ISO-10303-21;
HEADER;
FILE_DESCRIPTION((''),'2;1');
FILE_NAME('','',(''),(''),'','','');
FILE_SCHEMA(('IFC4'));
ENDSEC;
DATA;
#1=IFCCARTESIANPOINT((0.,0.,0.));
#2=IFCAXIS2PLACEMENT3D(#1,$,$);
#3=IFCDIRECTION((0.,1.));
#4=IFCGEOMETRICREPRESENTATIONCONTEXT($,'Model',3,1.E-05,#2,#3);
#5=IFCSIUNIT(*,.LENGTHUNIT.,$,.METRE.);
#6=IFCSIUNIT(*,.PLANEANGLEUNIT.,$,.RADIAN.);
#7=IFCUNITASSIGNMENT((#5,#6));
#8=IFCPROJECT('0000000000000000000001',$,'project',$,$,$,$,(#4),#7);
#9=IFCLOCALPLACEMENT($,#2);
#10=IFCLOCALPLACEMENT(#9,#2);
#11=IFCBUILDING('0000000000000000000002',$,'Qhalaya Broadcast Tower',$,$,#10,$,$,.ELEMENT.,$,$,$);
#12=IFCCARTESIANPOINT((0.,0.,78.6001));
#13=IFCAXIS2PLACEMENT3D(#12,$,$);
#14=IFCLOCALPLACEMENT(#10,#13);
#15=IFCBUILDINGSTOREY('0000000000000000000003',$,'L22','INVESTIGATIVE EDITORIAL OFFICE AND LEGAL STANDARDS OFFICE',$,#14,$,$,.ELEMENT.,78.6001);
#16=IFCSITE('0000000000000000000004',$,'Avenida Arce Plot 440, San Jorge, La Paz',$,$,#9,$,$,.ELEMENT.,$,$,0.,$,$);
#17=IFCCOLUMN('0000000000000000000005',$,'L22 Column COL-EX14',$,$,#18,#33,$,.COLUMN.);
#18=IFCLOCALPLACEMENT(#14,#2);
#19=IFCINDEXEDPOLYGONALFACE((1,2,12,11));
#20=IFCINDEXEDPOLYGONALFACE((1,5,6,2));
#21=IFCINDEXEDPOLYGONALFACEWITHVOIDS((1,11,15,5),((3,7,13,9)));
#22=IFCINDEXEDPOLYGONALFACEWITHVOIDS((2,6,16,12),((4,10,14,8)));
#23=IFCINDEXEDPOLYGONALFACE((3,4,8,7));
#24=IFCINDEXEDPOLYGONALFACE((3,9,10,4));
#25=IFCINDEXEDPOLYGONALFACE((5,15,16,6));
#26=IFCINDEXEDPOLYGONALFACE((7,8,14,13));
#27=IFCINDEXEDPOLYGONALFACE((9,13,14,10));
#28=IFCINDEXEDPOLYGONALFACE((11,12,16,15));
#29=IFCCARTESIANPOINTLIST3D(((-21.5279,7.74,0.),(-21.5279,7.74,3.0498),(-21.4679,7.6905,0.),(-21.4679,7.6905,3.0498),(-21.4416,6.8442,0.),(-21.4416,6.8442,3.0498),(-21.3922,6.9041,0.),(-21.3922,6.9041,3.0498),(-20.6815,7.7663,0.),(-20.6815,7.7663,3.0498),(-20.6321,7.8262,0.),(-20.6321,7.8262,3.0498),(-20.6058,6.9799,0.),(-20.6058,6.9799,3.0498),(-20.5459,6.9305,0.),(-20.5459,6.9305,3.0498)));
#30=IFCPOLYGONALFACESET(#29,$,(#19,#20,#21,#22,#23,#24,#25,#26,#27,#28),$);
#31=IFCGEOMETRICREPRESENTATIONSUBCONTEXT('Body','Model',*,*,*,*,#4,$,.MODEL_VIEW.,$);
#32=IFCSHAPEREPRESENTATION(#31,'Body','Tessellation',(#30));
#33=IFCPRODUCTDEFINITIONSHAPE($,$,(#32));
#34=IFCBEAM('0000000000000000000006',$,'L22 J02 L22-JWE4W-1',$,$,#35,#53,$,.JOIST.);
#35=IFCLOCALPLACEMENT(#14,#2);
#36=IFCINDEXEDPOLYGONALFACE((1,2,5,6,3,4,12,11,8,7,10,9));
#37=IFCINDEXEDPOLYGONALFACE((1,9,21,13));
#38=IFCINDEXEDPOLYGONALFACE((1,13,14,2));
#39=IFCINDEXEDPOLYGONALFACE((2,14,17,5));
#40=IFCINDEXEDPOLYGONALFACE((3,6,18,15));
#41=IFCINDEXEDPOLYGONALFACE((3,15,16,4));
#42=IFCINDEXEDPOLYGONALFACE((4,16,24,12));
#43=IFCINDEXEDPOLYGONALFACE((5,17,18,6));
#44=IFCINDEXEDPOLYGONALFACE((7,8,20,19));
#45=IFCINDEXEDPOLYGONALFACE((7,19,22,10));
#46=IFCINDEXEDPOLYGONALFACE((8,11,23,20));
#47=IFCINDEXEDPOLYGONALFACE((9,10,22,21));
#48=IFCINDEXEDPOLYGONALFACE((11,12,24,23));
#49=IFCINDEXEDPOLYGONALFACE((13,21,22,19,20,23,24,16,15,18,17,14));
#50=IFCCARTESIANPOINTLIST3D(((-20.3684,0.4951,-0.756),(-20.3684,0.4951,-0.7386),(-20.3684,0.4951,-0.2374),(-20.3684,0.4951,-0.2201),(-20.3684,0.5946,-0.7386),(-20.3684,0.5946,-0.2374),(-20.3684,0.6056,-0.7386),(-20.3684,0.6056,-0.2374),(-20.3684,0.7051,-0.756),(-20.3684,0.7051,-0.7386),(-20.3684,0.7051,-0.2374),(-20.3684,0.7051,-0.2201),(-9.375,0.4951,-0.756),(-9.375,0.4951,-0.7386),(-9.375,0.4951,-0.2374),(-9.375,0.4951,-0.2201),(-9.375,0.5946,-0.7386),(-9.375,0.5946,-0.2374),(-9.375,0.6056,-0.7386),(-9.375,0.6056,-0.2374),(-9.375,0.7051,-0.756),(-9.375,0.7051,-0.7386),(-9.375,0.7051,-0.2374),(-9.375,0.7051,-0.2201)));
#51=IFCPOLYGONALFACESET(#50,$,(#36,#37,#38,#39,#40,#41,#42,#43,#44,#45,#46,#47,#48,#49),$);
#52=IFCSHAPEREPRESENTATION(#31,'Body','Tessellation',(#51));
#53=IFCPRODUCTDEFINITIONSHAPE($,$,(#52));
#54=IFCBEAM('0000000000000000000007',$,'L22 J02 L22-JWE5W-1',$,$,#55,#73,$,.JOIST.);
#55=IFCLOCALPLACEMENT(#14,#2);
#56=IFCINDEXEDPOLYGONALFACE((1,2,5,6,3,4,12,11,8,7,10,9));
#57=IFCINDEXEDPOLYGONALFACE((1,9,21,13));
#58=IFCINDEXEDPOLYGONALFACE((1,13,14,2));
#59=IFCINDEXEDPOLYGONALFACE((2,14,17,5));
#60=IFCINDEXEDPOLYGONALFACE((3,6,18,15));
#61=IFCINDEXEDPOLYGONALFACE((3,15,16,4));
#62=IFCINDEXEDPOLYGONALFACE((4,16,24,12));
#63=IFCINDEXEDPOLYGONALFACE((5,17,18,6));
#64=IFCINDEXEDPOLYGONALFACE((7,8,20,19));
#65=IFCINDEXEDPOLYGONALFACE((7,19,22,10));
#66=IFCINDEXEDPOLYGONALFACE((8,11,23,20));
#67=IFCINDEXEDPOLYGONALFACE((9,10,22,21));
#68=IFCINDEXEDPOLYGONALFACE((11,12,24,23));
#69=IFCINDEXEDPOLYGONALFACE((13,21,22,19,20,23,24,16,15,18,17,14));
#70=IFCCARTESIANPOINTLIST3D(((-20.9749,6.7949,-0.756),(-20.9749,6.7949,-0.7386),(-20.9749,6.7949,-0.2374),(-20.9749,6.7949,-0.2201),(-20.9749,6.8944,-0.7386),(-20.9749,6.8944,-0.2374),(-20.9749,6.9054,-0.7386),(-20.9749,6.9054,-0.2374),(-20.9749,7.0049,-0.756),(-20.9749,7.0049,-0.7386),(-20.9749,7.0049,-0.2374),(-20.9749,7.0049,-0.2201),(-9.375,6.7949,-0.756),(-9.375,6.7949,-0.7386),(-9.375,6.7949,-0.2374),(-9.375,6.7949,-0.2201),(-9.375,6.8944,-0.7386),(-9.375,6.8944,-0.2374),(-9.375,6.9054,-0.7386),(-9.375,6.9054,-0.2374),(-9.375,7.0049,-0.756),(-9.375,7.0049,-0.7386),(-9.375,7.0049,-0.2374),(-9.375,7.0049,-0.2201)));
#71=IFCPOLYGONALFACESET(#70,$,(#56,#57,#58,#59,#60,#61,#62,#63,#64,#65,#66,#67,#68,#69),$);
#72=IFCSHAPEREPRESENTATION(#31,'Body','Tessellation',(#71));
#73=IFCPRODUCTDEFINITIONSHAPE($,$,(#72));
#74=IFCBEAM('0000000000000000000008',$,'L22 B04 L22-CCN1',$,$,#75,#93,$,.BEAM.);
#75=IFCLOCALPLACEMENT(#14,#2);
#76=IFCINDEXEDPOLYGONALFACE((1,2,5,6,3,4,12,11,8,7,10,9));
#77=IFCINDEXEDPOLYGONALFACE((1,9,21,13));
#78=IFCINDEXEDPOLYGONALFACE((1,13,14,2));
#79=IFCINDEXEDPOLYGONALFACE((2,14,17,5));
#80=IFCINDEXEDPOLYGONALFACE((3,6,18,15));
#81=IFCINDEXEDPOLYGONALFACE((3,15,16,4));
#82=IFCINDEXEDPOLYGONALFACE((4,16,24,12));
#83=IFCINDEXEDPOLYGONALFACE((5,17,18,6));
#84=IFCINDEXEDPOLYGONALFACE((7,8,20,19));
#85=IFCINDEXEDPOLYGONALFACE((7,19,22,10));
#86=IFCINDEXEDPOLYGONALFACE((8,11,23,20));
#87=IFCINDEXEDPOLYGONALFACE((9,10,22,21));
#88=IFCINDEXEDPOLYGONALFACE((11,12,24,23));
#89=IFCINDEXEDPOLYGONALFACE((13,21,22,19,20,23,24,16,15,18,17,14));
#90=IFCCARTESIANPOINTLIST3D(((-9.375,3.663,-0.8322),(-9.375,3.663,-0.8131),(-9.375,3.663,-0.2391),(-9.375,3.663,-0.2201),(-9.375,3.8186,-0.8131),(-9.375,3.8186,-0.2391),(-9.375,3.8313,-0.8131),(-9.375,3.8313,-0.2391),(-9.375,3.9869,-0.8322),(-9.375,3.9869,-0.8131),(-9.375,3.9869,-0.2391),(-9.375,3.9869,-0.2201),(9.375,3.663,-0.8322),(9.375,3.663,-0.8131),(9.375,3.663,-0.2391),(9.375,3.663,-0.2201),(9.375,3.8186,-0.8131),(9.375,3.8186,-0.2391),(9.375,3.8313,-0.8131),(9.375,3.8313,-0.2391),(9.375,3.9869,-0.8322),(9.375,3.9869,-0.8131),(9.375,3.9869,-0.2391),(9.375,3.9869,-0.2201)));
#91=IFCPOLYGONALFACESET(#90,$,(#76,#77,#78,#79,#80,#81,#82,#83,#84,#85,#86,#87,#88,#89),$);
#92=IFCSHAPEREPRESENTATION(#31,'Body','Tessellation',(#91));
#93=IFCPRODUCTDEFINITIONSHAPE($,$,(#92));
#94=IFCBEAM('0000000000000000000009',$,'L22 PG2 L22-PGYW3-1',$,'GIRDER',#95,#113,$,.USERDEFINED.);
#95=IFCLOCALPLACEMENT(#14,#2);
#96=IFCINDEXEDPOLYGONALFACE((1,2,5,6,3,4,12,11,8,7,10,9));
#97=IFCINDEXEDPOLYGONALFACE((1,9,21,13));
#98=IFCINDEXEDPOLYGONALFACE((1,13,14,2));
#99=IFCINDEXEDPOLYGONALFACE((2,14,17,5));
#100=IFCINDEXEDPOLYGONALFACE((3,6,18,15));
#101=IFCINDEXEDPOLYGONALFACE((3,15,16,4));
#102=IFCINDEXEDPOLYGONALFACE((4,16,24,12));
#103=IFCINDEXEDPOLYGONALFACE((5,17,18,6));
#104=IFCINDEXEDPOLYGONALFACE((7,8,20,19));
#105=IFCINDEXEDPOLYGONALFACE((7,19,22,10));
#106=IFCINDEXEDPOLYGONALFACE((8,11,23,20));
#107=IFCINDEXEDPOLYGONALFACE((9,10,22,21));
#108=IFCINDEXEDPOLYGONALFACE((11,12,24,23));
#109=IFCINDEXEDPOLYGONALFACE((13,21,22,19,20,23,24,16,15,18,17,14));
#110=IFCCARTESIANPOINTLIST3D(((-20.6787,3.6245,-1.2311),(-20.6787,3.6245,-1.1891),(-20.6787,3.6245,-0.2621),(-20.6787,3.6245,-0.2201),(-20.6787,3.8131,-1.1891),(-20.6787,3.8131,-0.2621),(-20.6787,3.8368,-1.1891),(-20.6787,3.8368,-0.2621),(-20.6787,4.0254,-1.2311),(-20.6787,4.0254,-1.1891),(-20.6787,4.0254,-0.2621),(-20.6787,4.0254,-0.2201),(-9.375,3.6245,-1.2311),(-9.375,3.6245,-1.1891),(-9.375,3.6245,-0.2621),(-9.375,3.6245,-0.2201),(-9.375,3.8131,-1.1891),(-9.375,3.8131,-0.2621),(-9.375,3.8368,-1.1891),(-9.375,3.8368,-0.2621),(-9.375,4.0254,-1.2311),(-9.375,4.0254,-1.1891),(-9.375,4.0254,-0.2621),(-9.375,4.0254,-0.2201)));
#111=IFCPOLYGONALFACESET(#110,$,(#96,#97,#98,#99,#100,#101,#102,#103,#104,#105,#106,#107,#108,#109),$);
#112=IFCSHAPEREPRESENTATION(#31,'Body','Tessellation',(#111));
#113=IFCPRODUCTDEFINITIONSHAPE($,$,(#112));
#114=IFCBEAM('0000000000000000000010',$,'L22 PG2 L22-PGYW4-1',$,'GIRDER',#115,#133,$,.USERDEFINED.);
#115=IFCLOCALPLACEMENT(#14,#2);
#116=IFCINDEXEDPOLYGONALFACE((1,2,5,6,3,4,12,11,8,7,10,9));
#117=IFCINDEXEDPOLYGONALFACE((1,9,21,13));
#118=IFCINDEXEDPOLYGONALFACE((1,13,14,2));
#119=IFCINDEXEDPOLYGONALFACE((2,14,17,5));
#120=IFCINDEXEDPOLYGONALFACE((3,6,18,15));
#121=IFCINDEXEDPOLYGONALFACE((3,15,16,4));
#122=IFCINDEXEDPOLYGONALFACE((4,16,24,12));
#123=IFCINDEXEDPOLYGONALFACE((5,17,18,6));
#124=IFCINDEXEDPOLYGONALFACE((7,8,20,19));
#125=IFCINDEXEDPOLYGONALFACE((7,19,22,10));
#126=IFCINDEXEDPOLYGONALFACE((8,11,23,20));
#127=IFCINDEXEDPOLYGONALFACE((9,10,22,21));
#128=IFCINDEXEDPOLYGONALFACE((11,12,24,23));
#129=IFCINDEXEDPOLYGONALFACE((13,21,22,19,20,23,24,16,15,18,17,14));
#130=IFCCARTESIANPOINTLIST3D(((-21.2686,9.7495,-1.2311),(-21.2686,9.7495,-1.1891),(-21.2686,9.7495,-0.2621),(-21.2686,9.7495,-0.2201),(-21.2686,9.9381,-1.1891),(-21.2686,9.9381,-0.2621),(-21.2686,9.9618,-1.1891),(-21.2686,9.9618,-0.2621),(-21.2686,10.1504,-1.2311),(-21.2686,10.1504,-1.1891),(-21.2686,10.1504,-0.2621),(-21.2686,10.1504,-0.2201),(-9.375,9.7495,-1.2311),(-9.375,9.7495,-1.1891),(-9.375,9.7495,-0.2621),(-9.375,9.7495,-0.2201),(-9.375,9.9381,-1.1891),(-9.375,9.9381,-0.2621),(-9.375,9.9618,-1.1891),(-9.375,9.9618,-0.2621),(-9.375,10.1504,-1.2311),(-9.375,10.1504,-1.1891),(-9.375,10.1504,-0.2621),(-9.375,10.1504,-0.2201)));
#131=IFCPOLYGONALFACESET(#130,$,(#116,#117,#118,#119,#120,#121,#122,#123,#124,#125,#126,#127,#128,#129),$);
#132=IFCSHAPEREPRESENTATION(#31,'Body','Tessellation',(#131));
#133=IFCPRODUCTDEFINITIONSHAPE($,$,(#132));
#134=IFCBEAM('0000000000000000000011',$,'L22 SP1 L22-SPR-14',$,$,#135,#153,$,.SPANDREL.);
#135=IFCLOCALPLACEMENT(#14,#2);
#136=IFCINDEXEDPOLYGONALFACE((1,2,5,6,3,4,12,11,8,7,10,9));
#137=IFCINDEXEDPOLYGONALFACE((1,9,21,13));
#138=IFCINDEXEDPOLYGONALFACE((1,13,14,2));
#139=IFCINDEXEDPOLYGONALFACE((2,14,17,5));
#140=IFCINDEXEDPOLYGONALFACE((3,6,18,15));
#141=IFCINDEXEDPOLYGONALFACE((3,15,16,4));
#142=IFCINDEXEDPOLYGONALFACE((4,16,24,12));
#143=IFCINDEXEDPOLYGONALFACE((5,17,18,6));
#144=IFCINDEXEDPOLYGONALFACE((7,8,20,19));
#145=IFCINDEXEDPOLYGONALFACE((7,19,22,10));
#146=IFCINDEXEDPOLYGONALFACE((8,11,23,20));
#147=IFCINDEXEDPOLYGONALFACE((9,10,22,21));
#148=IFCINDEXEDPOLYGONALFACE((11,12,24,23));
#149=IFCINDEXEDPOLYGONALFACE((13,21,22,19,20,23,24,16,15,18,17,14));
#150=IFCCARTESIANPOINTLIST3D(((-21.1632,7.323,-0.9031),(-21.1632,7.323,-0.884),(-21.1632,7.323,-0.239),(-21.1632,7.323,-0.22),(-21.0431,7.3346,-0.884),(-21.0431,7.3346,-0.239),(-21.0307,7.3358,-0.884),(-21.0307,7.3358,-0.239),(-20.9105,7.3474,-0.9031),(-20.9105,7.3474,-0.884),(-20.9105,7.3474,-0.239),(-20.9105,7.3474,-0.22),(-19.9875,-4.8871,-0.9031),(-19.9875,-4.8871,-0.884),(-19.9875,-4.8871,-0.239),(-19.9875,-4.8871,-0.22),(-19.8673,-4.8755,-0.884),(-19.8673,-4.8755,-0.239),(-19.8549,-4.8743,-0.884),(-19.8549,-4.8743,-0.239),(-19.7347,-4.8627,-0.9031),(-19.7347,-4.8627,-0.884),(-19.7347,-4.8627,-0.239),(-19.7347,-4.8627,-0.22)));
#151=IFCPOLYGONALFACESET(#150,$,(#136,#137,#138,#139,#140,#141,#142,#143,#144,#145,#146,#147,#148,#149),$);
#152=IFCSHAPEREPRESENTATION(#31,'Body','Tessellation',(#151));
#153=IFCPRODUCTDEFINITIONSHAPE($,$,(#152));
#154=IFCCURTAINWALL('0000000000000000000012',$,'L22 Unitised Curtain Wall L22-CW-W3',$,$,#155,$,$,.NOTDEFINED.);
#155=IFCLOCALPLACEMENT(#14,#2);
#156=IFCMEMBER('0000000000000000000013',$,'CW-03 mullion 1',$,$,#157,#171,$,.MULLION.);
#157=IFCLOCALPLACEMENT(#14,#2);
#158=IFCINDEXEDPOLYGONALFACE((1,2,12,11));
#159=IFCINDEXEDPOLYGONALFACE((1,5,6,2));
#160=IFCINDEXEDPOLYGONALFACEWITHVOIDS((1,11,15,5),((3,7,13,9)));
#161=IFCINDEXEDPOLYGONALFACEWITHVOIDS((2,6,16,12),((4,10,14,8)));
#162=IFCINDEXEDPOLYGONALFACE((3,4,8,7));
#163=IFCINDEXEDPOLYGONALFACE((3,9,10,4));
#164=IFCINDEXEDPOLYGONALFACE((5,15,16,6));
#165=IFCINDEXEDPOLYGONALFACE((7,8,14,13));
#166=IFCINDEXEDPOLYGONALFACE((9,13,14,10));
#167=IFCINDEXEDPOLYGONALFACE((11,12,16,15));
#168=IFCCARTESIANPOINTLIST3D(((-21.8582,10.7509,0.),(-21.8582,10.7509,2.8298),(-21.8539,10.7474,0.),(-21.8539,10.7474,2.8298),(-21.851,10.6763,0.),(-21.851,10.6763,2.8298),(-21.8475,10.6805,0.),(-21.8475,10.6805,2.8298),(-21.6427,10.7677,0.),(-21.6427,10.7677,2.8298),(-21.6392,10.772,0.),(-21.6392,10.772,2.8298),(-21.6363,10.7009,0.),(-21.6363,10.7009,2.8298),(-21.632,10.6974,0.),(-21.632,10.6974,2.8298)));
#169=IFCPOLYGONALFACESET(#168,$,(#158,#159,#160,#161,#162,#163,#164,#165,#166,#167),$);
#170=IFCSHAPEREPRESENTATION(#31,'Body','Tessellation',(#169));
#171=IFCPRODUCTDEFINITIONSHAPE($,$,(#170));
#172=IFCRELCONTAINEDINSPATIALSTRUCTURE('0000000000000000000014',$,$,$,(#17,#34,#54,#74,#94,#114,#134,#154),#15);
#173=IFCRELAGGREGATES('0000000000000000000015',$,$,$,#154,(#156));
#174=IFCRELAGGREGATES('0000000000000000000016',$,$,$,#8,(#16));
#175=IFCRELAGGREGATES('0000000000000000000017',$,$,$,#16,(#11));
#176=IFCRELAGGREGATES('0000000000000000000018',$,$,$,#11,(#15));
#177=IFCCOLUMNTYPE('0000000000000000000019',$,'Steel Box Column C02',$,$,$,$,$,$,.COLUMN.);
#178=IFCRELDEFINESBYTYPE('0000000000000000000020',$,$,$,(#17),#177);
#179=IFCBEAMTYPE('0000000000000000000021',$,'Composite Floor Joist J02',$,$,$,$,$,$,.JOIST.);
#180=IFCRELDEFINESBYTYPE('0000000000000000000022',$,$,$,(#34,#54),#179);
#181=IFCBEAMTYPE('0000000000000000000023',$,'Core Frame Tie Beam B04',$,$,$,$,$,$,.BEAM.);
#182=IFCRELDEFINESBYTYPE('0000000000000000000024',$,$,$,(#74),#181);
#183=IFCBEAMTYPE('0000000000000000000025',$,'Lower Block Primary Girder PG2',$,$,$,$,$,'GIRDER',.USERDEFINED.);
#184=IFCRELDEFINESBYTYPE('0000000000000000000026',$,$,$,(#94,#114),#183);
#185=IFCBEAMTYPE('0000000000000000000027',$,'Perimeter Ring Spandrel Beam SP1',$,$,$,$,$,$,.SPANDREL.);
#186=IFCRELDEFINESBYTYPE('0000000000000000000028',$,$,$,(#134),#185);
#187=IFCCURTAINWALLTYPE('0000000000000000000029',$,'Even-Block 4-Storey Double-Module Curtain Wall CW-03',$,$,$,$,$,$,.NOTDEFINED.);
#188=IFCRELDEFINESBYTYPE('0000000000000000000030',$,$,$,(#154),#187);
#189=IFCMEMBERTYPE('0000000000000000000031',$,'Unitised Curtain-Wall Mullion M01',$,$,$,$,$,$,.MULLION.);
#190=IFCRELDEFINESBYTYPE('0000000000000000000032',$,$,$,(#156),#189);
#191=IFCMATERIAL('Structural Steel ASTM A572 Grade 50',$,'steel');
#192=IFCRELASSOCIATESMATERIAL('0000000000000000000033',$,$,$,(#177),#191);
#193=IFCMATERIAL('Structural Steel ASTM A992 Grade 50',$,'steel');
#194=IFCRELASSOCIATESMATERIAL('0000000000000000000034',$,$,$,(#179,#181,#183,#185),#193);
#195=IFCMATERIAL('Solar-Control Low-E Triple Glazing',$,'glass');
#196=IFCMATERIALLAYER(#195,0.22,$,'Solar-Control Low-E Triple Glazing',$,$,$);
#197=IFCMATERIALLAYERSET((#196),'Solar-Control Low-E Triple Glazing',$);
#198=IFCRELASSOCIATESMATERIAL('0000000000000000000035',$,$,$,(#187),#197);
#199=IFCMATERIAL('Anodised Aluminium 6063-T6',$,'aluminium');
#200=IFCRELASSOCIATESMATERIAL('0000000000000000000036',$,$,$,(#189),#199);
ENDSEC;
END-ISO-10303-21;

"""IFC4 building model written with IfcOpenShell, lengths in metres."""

from ifc_helpers import new_model, si_unit, direction, frame, origin, origin_2d, place, context, subcontext, project, spatial, hollow_rectangle, i_section, extrude, material, layer, layer_set, material_profile, profile_set, type_object, element, aggregate, save


model = new_model("IFC4")

# Units and contexts
model_context = context("Model", 3, precision=1e-05, world=origin(), true_north=direction((0.0, 1.0)))
body_context = subcontext(model_context, "Body", "Model", "MODEL_VIEW")
ifc_project = project(units=[si_unit("LENGTHUNIT", "METRE"), si_unit("PLANEANGLEUNIT", "RADIAN")], contexts=[model_context])

# Site, building, storey
site_placement = place(None, origin())
site = spatial("IfcSite", under=ifc_project, at=site_placement, Name="Avenida Arce Plot 440, San Jorge, La Paz", CompositionType="ELEMENT", RefElevation=0.0)
building_placement = place(site_placement, origin())
building = spatial("IfcBuilding", under=site, at=building_placement, Name="Qhalaya Broadcast Tower", CompositionType="ELEMENT")
storey_placement = place(building_placement, frame((0.0, 0.0, 78.6001)))
storey = spatial("IfcBuildingStorey", under=building, at=storey_placement, Name="L22", Description="INVESTIGATIVE EDITORIAL OFFICE AND LEGAL STANDARDS OFFICE", CompositionType="ELEMENT", Elevation=78.6001)

# Column
ifc_material_1 = material(Name="Structural Steel ASTM A572 Grade 50", Category="steel")
ifc_material_profile_1 = material_profile(ifc_material_1, hollow_rectangle(XDim=0.8999, YDim=0.8999, WallThickness=0.0549, at=origin_2d()), Name="BOX 900x900x55")
ifc_profile_set_1 = profile_set([ifc_material_profile_1], Name="Structural Steel ASTM A572 Grade 50")
column_type = type_object("IfcColumnType", Name="Steel Box Column C02", PredefinedType="COLUMN", material=ifc_profile_set_1)
column_placement = place(storey_placement, frame((-21.0369, 7.3352, 0.0), z_axis=(0.0, 0.0, 1.0), x_axis=(-0.095846, 0.995396, 0.0)))
element("IfcColumn", 1, at=column_placement, inside=storey, type_object=column_type, Name="L22 Column COL-EX14", PredefinedType="COLUMN", context=body_context, shape_type="SweptSolid", body=[
    extrude(hollow_rectangle(XDim=0.8999, YDim=0.8999, WallThickness=0.0549, at=origin_2d()), origin(), (0.0, 0.0, 1.0), 3.0498),
])

# Beams
ifc_material_2 = material(Name="Structural Steel ASTM A992 Grade 50", Category="steel")
ifc_material_profile_2 = material_profile(ifc_material_2, i_section(OverallWidth=0.21, OverallDepth=0.5359, WebThickness=0.011, FlangeThickness=0.0173, at=origin_2d()), Name="W21X68")
ifc_profile_set_2 = profile_set([ifc_material_profile_2], Name="Structural Steel ASTM A992 Grade 50")
beam_type_1 = type_object("IfcBeamType", Name="Composite Floor Joist J02", PredefinedType="JOIST", material=ifc_profile_set_2)
beam_1_placement = place(storey_placement, frame((-20.3684, 0.6001, -0.488), z_axis=(1.0, 0.0, 0.0), x_axis=(0.0, 1.0, 0.0)))
element("IfcBeam", 2, at=beam_1_placement, inside=storey, type_object=beam_type_1, Name="L22 J02 L22-JWE4W-1", PredefinedType="JOIST", context=body_context, shape_type="SweptSolid", body=[
    extrude(i_section(OverallWidth=0.21, OverallDepth=0.5359, WebThickness=0.011, FlangeThickness=0.0173, at=origin_2d()), origin(), (0.0, 0.0, 1.0), 10.9934),
])
beam_2_placement = place(storey_placement, frame((-20.9749, 6.8999, -0.488), z_axis=(1.0, 0.0, 0.0), x_axis=(0.0, 1.0, 0.0)))
element("IfcBeam", 3, at=beam_2_placement, inside=storey, type_object=beam_type_1, Name="L22 J02 L22-JWE5W-1", PredefinedType="JOIST", context=body_context, shape_type="SweptSolid", body=[
    extrude(i_section(OverallWidth=0.21, OverallDepth=0.5359, WebThickness=0.011, FlangeThickness=0.0173, at=origin_2d()), origin(), (0.0, 0.0, 1.0), 11.5999),
])
ifc_material_profile_3 = material_profile(ifc_material_2, i_section(OverallWidth=0.324, OverallDepth=0.6121, WebThickness=0.0127, FlangeThickness=0.019, at=origin_2d()), Name="W24X104")
ifc_profile_set_3 = profile_set([ifc_material_profile_3], Name="Structural Steel ASTM A992 Grade 50")
beam_type_2 = type_object("IfcBeamType", Name="Core Frame Tie Beam B04", PredefinedType="BEAM", material=ifc_profile_set_3)
beam_3_placement = place(storey_placement, frame((-9.375, 3.825, -0.5261), z_axis=(1.0, 0.0, 0.0), x_axis=(0.0, 1.0, 0.0)))
element("IfcBeam", 4, at=beam_3_placement, inside=storey, type_object=beam_type_2, Name="L22 B04 L22-CCN1", PredefinedType="BEAM", context=body_context, shape_type="SweptSolid", body=[
    extrude(i_section(OverallWidth=0.324, OverallDepth=0.6121, WebThickness=0.0127, FlangeThickness=0.019, at=origin_2d()), origin(), (0.0, 0.0, 1.0), 18.75),
])
ifc_material_profile_4 = material_profile(ifc_material_2, i_section(OverallWidth=0.4009, OverallDepth=1.011, WebThickness=0.0237, FlangeThickness=0.042, at=origin_2d()), Name="W40X297")
ifc_profile_set_4 = profile_set([ifc_material_profile_4], Name="Structural Steel ASTM A992 Grade 50")
beam_type_3 = type_object("IfcBeamType", Name="Lower Block Primary Girder PG2", ElementType="GIRDER", PredefinedType="USERDEFINED", material=ifc_profile_set_4)
beam_4_placement = place(storey_placement, frame((-20.6787, 3.825, -0.7256), z_axis=(1.0, 0.0, 0.0), x_axis=(0.0, 1.0, 0.0)))
element("IfcBeam", 5, at=beam_4_placement, inside=storey, type_object=beam_type_3, Name="L22 PG2 L22-PGYW3-1", ObjectType="GIRDER", PredefinedType="USERDEFINED", context=body_context, shape_type="SweptSolid", body=[
    extrude(i_section(OverallWidth=0.4009, OverallDepth=1.011, WebThickness=0.0237, FlangeThickness=0.042, at=origin_2d()), origin(), (0.0, 0.0, 1.0), 11.3037),
])
beam_5_placement = place(storey_placement, frame((-21.2686, 9.95, -0.7256), z_axis=(1.0, 0.0, 0.0), x_axis=(0.0, 1.0, 0.0)))
element("IfcBeam", 6, at=beam_5_placement, inside=storey, type_object=beam_type_3, Name="L22 PG2 L22-PGYW4-1", ObjectType="GIRDER", PredefinedType="USERDEFINED", context=body_context, shape_type="SweptSolid", body=[
    extrude(i_section(OverallWidth=0.4009, OverallDepth=1.011, WebThickness=0.0237, FlangeThickness=0.042, at=origin_2d()), origin(), (0.0, 0.0, 1.0), 11.8936),
])
ifc_material_profile_5 = material_profile(ifc_material_2, i_section(OverallWidth=0.2539, OverallDepth=0.6831, WebThickness=0.0125, FlangeThickness=0.019, at=origin_2d()), Name="W27X94")
ifc_profile_set_5 = profile_set([ifc_material_profile_5], Name="Structural Steel ASTM A992 Grade 50")
beam_type_4 = type_object("IfcBeamType", Name="Perimeter Ring Spandrel Beam SP1", PredefinedType="SPANDREL", material=ifc_profile_set_5)
beam_6_placement = place(storey_placement, frame((-21.0369, 7.3352, -0.5615), z_axis=(0.095852, -0.995396, 0.0), x_axis=(0.995396, 0.095852, 0.0)))
element("IfcBeam", 7, at=beam_6_placement, inside=storey, type_object=beam_type_4, Name="L22 SP1 L22-SPR-14", PredefinedType="SPANDREL", context=body_context, shape_type="SweptSolid", body=[
    extrude(i_section(OverallWidth=0.2539, OverallDepth=0.6831, WebThickness=0.0125, FlangeThickness=0.019, at=origin_2d()), origin(), (0.0, 0.0, 1.0), 12.2666),
])

# Curtain wall, member
ifc_material_3 = material(Name="Solar-Control Low-E Triple Glazing", Category="glass")
ifc_layer_1 = layer(ifc_material_3, 0.22, Name="Solar-Control Low-E Triple Glazing")
ifc_layer_set_1 = layer_set([ifc_layer_1], Name="Solar-Control Low-E Triple Glazing")
curtain_wall_type_1 = type_object("IfcCurtainWallType", Name="Even-Block 4-Storey Double-Module Curtain Wall CW-03", PredefinedType="NOTDEFINED", material=ifc_layer_set_1)
curtain_wall_1_placement = place(storey_placement, origin())
curtain_wall_1 = element("IfcCurtainWall", 8, at=curtain_wall_1_placement, inside=storey, type_object=curtain_wall_type_1, Name="L22 Unitised Curtain Wall L22-CW-W3", PredefinedType="NOTDEFINED")
ifc_material_4 = material(Name="Anodised Aluminium 6063-T6", Category="aluminium")
ifc_material_profile_6 = material_profile(ifc_material_4, hollow_rectangle(XDim=0.075, YDim=0.22, WallThickness=0.0039, at=origin_2d()), Name="ALU-MUL 75x220x4")
ifc_profile_set_6 = profile_set([ifc_material_profile_6], Name="Anodised Aluminium 6063-T6")
member_type_1 = type_object("IfcMemberType", Name="Unitised Curtain-Wall Mullion M01", PredefinedType="MULLION", material=ifc_profile_set_6)
member_1_placement = place(storey_placement, frame((-21.7451, 10.7241, 0.0), z_axis=(0.0, 0.0, 1.0), x_axis=(0.095852, -0.995396, 0.0)))
member_1 = element("IfcMember", 9, at=member_1_placement, type_object=member_type_1, Name="CW-03 mullion 1", PredefinedType="MULLION", context=body_context, shape_type="SweptSolid", body=[
    extrude(hollow_rectangle(XDim=0.075, YDim=0.22, WallThickness=0.0039, at=origin_2d()), origin(), (0.0, 0.0, 1.0), 2.8298),
])

aggregate(curtain_wall_1, [member_1])

save(model, "model.ifc")
